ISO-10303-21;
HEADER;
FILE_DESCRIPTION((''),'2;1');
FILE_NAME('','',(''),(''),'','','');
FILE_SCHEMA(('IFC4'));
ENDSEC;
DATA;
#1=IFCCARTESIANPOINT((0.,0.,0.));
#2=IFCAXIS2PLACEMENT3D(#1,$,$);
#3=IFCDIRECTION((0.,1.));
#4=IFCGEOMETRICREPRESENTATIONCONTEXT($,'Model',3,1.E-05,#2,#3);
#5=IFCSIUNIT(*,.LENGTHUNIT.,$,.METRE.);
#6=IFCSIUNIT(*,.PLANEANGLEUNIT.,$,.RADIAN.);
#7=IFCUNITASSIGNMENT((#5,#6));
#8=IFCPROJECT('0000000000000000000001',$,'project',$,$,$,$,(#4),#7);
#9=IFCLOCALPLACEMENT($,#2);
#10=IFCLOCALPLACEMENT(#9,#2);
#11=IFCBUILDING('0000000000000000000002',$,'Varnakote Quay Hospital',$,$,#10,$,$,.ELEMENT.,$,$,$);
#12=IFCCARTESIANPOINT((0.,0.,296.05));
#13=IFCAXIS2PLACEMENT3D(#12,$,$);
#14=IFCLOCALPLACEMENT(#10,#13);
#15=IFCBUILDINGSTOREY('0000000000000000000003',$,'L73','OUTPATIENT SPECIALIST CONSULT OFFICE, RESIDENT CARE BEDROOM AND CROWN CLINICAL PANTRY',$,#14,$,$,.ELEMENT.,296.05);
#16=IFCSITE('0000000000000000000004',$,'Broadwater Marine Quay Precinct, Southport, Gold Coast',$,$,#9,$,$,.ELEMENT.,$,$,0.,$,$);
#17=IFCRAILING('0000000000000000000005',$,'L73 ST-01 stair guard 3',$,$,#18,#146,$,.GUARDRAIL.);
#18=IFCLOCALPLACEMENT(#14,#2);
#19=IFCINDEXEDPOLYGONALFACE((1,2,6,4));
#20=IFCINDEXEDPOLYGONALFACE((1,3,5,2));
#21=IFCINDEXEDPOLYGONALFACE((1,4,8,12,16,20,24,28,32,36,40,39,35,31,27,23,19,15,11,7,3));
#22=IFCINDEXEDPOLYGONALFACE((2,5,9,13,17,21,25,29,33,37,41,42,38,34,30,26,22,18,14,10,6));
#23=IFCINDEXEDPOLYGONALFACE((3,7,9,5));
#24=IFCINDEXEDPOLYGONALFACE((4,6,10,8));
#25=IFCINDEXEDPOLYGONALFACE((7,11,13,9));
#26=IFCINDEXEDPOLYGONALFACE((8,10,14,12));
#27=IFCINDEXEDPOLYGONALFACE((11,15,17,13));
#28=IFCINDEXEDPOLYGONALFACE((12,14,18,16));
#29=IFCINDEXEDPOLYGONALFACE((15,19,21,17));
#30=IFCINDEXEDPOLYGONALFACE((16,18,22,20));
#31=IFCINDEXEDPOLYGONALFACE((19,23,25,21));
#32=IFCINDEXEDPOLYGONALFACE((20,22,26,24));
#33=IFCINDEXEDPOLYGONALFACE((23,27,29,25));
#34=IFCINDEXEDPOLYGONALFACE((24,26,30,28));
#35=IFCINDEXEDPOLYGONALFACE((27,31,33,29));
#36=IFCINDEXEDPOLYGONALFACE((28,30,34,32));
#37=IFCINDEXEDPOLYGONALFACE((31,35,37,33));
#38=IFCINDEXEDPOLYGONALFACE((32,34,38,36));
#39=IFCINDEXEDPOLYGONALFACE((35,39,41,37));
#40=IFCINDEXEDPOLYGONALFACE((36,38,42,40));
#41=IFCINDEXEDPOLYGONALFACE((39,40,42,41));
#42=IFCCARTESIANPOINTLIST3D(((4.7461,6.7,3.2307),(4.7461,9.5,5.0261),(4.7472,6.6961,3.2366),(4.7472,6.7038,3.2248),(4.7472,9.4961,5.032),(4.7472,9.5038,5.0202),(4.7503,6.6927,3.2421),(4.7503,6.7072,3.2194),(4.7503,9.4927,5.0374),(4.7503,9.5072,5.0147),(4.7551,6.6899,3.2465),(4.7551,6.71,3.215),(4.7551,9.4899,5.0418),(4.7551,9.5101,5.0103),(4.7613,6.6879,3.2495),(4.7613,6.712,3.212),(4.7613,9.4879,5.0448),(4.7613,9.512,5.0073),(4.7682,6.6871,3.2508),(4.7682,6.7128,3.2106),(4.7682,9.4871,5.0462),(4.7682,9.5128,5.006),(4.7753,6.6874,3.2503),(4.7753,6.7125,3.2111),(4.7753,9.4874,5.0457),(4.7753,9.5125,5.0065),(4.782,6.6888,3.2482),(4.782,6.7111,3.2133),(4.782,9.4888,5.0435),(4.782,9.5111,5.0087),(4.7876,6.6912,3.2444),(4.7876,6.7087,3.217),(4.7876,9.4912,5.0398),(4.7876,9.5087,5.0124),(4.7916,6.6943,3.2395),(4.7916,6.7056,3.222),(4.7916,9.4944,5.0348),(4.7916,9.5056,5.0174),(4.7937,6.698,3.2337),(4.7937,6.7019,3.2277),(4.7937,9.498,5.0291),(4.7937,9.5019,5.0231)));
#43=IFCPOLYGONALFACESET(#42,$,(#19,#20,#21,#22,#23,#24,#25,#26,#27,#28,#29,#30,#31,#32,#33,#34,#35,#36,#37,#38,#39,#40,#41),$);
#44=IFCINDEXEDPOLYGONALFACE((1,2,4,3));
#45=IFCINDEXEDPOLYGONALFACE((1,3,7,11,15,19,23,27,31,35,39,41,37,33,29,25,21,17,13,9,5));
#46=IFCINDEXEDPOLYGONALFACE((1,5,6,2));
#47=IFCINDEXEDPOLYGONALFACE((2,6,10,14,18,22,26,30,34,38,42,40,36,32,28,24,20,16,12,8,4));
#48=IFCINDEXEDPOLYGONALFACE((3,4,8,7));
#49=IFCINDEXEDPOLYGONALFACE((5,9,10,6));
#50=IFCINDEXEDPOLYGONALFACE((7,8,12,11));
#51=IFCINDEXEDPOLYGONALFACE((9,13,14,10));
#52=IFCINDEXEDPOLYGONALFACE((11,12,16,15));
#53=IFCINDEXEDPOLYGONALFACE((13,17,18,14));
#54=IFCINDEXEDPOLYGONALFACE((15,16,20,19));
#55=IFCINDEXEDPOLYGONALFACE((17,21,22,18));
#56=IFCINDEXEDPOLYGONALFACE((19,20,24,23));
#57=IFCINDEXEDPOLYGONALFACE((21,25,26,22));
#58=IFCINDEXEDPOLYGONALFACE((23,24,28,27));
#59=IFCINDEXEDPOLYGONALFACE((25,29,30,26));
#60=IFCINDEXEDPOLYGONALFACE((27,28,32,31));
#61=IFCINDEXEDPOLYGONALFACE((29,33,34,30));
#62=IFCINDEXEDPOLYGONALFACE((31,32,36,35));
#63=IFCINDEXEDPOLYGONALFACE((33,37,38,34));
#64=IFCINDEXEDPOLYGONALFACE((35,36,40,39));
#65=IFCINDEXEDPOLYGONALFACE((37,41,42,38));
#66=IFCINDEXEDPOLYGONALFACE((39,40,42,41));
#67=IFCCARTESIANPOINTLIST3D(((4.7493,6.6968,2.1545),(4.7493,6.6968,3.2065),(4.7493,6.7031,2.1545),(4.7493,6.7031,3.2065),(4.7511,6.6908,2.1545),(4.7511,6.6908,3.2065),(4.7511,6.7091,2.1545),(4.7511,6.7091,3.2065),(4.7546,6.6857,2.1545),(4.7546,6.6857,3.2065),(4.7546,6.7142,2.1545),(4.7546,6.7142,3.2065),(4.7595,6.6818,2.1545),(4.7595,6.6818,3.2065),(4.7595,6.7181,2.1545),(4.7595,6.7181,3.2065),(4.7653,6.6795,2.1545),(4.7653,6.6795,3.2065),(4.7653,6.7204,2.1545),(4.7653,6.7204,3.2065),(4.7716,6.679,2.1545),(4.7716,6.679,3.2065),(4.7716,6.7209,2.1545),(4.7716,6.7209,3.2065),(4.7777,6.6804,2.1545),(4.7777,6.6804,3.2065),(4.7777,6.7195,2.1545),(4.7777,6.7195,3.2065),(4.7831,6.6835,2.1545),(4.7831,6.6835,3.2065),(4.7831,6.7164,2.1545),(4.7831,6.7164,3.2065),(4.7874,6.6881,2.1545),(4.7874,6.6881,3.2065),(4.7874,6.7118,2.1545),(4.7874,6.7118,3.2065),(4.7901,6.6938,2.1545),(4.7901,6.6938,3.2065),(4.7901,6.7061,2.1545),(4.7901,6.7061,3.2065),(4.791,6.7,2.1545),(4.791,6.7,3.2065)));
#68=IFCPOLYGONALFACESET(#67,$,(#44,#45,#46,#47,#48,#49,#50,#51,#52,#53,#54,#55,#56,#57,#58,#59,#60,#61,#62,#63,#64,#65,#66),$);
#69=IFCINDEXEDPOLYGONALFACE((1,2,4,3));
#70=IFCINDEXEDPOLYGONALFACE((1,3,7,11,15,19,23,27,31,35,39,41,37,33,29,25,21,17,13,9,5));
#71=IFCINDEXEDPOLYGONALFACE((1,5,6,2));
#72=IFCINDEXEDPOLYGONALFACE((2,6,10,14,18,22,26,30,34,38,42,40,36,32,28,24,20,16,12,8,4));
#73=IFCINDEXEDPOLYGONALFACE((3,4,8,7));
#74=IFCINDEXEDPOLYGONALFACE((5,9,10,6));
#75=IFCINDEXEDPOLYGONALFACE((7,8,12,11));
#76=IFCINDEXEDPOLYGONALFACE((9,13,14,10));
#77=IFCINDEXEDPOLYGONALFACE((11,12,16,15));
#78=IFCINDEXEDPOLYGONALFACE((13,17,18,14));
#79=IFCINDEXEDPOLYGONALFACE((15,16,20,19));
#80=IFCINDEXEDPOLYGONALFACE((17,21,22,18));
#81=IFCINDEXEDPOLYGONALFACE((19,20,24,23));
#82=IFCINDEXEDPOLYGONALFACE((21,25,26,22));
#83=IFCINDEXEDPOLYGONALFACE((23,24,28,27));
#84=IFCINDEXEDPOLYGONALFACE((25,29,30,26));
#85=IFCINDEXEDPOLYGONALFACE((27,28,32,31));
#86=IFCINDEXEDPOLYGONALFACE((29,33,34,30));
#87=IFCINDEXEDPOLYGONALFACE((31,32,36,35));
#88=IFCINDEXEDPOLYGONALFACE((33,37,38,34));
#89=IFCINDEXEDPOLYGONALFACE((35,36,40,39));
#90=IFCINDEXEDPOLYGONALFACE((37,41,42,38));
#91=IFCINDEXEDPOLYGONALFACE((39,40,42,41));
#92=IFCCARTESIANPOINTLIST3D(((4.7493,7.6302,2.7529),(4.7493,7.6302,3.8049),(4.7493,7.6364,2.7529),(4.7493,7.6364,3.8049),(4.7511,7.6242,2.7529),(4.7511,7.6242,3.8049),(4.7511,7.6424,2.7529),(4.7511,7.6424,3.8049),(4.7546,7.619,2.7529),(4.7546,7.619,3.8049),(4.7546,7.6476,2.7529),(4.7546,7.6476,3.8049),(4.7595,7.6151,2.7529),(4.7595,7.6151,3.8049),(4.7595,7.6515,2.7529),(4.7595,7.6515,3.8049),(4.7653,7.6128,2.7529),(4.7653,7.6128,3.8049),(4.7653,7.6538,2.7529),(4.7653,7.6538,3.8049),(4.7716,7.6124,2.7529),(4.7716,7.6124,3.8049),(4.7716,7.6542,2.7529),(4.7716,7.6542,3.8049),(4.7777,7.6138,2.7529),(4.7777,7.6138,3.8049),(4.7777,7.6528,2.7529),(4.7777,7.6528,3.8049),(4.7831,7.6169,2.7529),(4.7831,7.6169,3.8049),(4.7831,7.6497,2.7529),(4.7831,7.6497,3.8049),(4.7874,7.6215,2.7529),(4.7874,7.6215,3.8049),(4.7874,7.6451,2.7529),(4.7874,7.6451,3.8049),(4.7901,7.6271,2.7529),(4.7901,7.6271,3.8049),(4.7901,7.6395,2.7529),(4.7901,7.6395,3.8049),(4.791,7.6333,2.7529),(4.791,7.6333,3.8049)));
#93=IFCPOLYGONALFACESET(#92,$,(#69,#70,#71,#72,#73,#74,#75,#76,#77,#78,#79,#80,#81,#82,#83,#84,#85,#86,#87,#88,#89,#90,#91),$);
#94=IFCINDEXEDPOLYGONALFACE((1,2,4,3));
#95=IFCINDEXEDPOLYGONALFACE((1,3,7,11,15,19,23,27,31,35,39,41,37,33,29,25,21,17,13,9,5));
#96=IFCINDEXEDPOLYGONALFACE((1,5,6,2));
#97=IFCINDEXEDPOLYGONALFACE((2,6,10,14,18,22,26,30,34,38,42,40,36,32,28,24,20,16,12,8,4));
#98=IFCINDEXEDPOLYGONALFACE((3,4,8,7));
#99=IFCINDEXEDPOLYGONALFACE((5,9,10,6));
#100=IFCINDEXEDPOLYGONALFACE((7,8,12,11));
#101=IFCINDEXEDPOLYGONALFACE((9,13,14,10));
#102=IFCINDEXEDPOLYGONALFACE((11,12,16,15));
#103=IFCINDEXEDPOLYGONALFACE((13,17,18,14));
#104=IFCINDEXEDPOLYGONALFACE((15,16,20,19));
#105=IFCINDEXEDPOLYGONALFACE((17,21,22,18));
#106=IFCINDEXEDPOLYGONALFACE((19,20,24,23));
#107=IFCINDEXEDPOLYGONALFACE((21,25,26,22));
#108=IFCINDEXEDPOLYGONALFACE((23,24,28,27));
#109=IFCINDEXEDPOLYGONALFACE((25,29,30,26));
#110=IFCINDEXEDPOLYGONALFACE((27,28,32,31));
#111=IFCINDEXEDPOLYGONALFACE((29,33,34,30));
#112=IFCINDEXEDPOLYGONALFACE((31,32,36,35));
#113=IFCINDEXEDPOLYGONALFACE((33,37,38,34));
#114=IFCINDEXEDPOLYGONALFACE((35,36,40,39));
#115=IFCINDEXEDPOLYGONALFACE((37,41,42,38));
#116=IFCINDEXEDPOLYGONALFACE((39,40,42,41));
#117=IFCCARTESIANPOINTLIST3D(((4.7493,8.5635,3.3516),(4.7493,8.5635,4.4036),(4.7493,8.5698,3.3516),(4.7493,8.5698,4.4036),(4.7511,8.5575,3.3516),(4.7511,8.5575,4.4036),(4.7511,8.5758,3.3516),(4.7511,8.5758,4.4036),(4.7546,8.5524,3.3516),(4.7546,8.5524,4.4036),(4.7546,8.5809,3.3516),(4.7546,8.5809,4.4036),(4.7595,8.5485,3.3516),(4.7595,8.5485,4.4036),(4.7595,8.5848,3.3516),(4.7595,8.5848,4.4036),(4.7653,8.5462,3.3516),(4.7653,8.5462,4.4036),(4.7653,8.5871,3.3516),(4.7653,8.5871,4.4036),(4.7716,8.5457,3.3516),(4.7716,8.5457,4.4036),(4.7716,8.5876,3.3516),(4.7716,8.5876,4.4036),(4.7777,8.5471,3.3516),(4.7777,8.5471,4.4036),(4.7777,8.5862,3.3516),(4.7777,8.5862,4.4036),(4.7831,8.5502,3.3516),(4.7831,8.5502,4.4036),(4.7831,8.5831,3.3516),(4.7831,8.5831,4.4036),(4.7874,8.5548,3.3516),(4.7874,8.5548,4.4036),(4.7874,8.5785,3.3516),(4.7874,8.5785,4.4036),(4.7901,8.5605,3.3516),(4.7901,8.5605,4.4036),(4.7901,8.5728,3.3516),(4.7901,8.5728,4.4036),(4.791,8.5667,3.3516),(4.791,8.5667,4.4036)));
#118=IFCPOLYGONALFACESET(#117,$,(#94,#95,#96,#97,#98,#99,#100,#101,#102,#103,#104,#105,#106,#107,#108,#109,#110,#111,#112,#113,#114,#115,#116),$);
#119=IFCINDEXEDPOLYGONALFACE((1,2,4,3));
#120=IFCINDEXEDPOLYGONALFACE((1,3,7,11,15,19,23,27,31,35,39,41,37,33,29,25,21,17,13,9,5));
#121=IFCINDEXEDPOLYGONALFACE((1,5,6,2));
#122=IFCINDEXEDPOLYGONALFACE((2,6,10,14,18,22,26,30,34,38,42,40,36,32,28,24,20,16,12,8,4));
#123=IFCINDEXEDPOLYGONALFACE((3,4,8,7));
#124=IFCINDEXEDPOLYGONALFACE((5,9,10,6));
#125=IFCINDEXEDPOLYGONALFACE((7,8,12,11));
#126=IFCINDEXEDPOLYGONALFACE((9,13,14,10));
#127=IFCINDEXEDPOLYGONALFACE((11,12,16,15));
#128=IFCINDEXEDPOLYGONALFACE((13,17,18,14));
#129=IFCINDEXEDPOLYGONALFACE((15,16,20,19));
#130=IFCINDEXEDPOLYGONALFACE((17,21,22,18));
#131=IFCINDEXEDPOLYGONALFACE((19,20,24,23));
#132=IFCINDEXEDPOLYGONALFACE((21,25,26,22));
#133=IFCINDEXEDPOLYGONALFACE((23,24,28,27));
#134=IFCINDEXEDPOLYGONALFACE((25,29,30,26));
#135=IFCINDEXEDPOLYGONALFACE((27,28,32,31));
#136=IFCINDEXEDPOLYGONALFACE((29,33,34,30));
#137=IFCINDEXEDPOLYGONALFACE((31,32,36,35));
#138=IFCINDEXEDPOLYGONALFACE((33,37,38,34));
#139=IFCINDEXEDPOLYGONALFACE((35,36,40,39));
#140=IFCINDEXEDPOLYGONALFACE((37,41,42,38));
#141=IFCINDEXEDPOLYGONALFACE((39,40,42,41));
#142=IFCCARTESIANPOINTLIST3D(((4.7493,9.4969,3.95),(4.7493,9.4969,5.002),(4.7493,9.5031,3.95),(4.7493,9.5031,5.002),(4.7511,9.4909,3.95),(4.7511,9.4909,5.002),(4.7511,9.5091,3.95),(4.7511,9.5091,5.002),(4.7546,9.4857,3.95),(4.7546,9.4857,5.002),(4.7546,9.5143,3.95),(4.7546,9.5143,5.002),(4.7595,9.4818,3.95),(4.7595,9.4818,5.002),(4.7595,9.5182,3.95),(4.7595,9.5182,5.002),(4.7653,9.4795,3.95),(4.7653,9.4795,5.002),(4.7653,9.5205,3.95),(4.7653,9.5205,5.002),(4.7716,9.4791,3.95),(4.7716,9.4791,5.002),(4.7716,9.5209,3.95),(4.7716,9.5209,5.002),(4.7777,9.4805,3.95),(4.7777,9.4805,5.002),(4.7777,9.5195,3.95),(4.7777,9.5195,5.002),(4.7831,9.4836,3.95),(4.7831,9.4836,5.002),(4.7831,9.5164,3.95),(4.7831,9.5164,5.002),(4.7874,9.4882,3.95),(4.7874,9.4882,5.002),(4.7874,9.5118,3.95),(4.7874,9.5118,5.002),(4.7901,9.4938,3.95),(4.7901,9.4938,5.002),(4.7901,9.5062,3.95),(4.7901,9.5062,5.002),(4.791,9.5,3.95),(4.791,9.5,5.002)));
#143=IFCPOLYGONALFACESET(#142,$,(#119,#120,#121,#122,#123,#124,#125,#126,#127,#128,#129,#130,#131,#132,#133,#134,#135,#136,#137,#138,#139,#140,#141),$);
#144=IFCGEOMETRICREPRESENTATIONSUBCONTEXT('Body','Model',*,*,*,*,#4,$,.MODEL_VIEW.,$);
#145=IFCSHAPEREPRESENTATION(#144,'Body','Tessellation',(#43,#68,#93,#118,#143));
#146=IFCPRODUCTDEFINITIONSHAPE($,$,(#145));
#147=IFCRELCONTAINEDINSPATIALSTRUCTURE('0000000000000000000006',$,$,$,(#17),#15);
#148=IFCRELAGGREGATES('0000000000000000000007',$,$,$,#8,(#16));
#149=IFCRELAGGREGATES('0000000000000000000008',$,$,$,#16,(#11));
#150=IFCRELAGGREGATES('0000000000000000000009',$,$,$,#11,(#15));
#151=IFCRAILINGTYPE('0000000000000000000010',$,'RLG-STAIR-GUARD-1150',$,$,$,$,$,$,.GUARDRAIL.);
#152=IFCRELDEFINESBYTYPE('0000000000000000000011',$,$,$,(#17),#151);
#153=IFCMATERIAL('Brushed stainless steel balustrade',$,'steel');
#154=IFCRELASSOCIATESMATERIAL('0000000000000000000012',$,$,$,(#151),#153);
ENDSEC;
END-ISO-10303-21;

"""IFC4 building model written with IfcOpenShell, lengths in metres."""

from ifc_helpers import new_model, si_unit, direction, frame, origin, origin_2d, place, context, subcontext, project, spatial, circle, extrude, material, type_object, element, save


model = new_model("IFC4")

# Units and contexts
model_context = context("Model", 3, precision=1e-05, world=origin(), true_north=direction((0.0, 1.0)))
body_context = subcontext(model_context, "Body", "Model", "MODEL_VIEW")
ifc_project = project(units=[si_unit("LENGTHUNIT", "METRE"), si_unit("PLANEANGLEUNIT", "RADIAN")], contexts=[model_context])

# Site, building, storey
site_placement = place(None, origin())
site = spatial("IfcSite", under=ifc_project, at=site_placement, Name="Broadwater Marine Quay Precinct, Southport, Gold Coast", CompositionType="ELEMENT", RefElevation=0.0)
building_placement = place(site_placement, origin())
building = spatial("IfcBuilding", under=site, at=building_placement, Name="Varnakote Quay Hospital", CompositionType="ELEMENT")
storey_placement = place(building_placement, frame((0.0, 0.0, 296.05)))
storey = spatial("IfcBuildingStorey", under=building, at=storey_placement, Name="L73", Description="OUTPATIENT SPECIALIST CONSULT OFFICE, RESIDENT CARE BEDROOM AND CROWN CLINICAL PANTRY", CompositionType="ELEMENT", Elevation=296.05)

# Railing
ifc_material_1 = material(Name="Brushed stainless steel balustrade", Category="steel")
railing_type_1 = type_object("IfcRailingType", Name="RLG-STAIR-GUARD-1150", PredefinedType="GUARDRAIL", material=ifc_material_1)
railing_1_placement = place(storey_placement, frame((4.77, 6.7, 2.1545)))
element("IfcRailing", 1, at=railing_1_placement, inside=storey, type_object=railing_type_1, Name="L73 ST-01 stair guard 3", PredefinedType="GUARDRAIL", context=body_context, shape_type="SweptSolid", body=[
    extrude(circle(Radius=0.0239, at=origin_2d()), frame((0.0, 0.0, 1.0762), z_axis=(0.0, 0.84181, 0.539774), x_axis=(-1.0, 0.0, 0.0)), (0.0, 0.0, 1.0), 3.3262),
    extrude(circle(Radius=0.021, at=origin_2d()), origin(), (0.0, 0.0, 1.0), 1.052),
    extrude(circle(Radius=0.021, at=origin_2d()), frame((0.0, 0.9333, 0.5984)), (0.0, 0.0, 1.0), 1.052),
    extrude(circle(Radius=0.021, at=origin_2d()), frame((0.0, 1.8667, 1.197)), (0.0, 0.0, 1.0), 1.052),
    extrude(circle(Radius=0.021, at=origin_2d()), frame((0.0, 2.8, 1.7954)), (0.0, 0.0, 1.0), 1.052),
])

save(model, "model.ifc")
